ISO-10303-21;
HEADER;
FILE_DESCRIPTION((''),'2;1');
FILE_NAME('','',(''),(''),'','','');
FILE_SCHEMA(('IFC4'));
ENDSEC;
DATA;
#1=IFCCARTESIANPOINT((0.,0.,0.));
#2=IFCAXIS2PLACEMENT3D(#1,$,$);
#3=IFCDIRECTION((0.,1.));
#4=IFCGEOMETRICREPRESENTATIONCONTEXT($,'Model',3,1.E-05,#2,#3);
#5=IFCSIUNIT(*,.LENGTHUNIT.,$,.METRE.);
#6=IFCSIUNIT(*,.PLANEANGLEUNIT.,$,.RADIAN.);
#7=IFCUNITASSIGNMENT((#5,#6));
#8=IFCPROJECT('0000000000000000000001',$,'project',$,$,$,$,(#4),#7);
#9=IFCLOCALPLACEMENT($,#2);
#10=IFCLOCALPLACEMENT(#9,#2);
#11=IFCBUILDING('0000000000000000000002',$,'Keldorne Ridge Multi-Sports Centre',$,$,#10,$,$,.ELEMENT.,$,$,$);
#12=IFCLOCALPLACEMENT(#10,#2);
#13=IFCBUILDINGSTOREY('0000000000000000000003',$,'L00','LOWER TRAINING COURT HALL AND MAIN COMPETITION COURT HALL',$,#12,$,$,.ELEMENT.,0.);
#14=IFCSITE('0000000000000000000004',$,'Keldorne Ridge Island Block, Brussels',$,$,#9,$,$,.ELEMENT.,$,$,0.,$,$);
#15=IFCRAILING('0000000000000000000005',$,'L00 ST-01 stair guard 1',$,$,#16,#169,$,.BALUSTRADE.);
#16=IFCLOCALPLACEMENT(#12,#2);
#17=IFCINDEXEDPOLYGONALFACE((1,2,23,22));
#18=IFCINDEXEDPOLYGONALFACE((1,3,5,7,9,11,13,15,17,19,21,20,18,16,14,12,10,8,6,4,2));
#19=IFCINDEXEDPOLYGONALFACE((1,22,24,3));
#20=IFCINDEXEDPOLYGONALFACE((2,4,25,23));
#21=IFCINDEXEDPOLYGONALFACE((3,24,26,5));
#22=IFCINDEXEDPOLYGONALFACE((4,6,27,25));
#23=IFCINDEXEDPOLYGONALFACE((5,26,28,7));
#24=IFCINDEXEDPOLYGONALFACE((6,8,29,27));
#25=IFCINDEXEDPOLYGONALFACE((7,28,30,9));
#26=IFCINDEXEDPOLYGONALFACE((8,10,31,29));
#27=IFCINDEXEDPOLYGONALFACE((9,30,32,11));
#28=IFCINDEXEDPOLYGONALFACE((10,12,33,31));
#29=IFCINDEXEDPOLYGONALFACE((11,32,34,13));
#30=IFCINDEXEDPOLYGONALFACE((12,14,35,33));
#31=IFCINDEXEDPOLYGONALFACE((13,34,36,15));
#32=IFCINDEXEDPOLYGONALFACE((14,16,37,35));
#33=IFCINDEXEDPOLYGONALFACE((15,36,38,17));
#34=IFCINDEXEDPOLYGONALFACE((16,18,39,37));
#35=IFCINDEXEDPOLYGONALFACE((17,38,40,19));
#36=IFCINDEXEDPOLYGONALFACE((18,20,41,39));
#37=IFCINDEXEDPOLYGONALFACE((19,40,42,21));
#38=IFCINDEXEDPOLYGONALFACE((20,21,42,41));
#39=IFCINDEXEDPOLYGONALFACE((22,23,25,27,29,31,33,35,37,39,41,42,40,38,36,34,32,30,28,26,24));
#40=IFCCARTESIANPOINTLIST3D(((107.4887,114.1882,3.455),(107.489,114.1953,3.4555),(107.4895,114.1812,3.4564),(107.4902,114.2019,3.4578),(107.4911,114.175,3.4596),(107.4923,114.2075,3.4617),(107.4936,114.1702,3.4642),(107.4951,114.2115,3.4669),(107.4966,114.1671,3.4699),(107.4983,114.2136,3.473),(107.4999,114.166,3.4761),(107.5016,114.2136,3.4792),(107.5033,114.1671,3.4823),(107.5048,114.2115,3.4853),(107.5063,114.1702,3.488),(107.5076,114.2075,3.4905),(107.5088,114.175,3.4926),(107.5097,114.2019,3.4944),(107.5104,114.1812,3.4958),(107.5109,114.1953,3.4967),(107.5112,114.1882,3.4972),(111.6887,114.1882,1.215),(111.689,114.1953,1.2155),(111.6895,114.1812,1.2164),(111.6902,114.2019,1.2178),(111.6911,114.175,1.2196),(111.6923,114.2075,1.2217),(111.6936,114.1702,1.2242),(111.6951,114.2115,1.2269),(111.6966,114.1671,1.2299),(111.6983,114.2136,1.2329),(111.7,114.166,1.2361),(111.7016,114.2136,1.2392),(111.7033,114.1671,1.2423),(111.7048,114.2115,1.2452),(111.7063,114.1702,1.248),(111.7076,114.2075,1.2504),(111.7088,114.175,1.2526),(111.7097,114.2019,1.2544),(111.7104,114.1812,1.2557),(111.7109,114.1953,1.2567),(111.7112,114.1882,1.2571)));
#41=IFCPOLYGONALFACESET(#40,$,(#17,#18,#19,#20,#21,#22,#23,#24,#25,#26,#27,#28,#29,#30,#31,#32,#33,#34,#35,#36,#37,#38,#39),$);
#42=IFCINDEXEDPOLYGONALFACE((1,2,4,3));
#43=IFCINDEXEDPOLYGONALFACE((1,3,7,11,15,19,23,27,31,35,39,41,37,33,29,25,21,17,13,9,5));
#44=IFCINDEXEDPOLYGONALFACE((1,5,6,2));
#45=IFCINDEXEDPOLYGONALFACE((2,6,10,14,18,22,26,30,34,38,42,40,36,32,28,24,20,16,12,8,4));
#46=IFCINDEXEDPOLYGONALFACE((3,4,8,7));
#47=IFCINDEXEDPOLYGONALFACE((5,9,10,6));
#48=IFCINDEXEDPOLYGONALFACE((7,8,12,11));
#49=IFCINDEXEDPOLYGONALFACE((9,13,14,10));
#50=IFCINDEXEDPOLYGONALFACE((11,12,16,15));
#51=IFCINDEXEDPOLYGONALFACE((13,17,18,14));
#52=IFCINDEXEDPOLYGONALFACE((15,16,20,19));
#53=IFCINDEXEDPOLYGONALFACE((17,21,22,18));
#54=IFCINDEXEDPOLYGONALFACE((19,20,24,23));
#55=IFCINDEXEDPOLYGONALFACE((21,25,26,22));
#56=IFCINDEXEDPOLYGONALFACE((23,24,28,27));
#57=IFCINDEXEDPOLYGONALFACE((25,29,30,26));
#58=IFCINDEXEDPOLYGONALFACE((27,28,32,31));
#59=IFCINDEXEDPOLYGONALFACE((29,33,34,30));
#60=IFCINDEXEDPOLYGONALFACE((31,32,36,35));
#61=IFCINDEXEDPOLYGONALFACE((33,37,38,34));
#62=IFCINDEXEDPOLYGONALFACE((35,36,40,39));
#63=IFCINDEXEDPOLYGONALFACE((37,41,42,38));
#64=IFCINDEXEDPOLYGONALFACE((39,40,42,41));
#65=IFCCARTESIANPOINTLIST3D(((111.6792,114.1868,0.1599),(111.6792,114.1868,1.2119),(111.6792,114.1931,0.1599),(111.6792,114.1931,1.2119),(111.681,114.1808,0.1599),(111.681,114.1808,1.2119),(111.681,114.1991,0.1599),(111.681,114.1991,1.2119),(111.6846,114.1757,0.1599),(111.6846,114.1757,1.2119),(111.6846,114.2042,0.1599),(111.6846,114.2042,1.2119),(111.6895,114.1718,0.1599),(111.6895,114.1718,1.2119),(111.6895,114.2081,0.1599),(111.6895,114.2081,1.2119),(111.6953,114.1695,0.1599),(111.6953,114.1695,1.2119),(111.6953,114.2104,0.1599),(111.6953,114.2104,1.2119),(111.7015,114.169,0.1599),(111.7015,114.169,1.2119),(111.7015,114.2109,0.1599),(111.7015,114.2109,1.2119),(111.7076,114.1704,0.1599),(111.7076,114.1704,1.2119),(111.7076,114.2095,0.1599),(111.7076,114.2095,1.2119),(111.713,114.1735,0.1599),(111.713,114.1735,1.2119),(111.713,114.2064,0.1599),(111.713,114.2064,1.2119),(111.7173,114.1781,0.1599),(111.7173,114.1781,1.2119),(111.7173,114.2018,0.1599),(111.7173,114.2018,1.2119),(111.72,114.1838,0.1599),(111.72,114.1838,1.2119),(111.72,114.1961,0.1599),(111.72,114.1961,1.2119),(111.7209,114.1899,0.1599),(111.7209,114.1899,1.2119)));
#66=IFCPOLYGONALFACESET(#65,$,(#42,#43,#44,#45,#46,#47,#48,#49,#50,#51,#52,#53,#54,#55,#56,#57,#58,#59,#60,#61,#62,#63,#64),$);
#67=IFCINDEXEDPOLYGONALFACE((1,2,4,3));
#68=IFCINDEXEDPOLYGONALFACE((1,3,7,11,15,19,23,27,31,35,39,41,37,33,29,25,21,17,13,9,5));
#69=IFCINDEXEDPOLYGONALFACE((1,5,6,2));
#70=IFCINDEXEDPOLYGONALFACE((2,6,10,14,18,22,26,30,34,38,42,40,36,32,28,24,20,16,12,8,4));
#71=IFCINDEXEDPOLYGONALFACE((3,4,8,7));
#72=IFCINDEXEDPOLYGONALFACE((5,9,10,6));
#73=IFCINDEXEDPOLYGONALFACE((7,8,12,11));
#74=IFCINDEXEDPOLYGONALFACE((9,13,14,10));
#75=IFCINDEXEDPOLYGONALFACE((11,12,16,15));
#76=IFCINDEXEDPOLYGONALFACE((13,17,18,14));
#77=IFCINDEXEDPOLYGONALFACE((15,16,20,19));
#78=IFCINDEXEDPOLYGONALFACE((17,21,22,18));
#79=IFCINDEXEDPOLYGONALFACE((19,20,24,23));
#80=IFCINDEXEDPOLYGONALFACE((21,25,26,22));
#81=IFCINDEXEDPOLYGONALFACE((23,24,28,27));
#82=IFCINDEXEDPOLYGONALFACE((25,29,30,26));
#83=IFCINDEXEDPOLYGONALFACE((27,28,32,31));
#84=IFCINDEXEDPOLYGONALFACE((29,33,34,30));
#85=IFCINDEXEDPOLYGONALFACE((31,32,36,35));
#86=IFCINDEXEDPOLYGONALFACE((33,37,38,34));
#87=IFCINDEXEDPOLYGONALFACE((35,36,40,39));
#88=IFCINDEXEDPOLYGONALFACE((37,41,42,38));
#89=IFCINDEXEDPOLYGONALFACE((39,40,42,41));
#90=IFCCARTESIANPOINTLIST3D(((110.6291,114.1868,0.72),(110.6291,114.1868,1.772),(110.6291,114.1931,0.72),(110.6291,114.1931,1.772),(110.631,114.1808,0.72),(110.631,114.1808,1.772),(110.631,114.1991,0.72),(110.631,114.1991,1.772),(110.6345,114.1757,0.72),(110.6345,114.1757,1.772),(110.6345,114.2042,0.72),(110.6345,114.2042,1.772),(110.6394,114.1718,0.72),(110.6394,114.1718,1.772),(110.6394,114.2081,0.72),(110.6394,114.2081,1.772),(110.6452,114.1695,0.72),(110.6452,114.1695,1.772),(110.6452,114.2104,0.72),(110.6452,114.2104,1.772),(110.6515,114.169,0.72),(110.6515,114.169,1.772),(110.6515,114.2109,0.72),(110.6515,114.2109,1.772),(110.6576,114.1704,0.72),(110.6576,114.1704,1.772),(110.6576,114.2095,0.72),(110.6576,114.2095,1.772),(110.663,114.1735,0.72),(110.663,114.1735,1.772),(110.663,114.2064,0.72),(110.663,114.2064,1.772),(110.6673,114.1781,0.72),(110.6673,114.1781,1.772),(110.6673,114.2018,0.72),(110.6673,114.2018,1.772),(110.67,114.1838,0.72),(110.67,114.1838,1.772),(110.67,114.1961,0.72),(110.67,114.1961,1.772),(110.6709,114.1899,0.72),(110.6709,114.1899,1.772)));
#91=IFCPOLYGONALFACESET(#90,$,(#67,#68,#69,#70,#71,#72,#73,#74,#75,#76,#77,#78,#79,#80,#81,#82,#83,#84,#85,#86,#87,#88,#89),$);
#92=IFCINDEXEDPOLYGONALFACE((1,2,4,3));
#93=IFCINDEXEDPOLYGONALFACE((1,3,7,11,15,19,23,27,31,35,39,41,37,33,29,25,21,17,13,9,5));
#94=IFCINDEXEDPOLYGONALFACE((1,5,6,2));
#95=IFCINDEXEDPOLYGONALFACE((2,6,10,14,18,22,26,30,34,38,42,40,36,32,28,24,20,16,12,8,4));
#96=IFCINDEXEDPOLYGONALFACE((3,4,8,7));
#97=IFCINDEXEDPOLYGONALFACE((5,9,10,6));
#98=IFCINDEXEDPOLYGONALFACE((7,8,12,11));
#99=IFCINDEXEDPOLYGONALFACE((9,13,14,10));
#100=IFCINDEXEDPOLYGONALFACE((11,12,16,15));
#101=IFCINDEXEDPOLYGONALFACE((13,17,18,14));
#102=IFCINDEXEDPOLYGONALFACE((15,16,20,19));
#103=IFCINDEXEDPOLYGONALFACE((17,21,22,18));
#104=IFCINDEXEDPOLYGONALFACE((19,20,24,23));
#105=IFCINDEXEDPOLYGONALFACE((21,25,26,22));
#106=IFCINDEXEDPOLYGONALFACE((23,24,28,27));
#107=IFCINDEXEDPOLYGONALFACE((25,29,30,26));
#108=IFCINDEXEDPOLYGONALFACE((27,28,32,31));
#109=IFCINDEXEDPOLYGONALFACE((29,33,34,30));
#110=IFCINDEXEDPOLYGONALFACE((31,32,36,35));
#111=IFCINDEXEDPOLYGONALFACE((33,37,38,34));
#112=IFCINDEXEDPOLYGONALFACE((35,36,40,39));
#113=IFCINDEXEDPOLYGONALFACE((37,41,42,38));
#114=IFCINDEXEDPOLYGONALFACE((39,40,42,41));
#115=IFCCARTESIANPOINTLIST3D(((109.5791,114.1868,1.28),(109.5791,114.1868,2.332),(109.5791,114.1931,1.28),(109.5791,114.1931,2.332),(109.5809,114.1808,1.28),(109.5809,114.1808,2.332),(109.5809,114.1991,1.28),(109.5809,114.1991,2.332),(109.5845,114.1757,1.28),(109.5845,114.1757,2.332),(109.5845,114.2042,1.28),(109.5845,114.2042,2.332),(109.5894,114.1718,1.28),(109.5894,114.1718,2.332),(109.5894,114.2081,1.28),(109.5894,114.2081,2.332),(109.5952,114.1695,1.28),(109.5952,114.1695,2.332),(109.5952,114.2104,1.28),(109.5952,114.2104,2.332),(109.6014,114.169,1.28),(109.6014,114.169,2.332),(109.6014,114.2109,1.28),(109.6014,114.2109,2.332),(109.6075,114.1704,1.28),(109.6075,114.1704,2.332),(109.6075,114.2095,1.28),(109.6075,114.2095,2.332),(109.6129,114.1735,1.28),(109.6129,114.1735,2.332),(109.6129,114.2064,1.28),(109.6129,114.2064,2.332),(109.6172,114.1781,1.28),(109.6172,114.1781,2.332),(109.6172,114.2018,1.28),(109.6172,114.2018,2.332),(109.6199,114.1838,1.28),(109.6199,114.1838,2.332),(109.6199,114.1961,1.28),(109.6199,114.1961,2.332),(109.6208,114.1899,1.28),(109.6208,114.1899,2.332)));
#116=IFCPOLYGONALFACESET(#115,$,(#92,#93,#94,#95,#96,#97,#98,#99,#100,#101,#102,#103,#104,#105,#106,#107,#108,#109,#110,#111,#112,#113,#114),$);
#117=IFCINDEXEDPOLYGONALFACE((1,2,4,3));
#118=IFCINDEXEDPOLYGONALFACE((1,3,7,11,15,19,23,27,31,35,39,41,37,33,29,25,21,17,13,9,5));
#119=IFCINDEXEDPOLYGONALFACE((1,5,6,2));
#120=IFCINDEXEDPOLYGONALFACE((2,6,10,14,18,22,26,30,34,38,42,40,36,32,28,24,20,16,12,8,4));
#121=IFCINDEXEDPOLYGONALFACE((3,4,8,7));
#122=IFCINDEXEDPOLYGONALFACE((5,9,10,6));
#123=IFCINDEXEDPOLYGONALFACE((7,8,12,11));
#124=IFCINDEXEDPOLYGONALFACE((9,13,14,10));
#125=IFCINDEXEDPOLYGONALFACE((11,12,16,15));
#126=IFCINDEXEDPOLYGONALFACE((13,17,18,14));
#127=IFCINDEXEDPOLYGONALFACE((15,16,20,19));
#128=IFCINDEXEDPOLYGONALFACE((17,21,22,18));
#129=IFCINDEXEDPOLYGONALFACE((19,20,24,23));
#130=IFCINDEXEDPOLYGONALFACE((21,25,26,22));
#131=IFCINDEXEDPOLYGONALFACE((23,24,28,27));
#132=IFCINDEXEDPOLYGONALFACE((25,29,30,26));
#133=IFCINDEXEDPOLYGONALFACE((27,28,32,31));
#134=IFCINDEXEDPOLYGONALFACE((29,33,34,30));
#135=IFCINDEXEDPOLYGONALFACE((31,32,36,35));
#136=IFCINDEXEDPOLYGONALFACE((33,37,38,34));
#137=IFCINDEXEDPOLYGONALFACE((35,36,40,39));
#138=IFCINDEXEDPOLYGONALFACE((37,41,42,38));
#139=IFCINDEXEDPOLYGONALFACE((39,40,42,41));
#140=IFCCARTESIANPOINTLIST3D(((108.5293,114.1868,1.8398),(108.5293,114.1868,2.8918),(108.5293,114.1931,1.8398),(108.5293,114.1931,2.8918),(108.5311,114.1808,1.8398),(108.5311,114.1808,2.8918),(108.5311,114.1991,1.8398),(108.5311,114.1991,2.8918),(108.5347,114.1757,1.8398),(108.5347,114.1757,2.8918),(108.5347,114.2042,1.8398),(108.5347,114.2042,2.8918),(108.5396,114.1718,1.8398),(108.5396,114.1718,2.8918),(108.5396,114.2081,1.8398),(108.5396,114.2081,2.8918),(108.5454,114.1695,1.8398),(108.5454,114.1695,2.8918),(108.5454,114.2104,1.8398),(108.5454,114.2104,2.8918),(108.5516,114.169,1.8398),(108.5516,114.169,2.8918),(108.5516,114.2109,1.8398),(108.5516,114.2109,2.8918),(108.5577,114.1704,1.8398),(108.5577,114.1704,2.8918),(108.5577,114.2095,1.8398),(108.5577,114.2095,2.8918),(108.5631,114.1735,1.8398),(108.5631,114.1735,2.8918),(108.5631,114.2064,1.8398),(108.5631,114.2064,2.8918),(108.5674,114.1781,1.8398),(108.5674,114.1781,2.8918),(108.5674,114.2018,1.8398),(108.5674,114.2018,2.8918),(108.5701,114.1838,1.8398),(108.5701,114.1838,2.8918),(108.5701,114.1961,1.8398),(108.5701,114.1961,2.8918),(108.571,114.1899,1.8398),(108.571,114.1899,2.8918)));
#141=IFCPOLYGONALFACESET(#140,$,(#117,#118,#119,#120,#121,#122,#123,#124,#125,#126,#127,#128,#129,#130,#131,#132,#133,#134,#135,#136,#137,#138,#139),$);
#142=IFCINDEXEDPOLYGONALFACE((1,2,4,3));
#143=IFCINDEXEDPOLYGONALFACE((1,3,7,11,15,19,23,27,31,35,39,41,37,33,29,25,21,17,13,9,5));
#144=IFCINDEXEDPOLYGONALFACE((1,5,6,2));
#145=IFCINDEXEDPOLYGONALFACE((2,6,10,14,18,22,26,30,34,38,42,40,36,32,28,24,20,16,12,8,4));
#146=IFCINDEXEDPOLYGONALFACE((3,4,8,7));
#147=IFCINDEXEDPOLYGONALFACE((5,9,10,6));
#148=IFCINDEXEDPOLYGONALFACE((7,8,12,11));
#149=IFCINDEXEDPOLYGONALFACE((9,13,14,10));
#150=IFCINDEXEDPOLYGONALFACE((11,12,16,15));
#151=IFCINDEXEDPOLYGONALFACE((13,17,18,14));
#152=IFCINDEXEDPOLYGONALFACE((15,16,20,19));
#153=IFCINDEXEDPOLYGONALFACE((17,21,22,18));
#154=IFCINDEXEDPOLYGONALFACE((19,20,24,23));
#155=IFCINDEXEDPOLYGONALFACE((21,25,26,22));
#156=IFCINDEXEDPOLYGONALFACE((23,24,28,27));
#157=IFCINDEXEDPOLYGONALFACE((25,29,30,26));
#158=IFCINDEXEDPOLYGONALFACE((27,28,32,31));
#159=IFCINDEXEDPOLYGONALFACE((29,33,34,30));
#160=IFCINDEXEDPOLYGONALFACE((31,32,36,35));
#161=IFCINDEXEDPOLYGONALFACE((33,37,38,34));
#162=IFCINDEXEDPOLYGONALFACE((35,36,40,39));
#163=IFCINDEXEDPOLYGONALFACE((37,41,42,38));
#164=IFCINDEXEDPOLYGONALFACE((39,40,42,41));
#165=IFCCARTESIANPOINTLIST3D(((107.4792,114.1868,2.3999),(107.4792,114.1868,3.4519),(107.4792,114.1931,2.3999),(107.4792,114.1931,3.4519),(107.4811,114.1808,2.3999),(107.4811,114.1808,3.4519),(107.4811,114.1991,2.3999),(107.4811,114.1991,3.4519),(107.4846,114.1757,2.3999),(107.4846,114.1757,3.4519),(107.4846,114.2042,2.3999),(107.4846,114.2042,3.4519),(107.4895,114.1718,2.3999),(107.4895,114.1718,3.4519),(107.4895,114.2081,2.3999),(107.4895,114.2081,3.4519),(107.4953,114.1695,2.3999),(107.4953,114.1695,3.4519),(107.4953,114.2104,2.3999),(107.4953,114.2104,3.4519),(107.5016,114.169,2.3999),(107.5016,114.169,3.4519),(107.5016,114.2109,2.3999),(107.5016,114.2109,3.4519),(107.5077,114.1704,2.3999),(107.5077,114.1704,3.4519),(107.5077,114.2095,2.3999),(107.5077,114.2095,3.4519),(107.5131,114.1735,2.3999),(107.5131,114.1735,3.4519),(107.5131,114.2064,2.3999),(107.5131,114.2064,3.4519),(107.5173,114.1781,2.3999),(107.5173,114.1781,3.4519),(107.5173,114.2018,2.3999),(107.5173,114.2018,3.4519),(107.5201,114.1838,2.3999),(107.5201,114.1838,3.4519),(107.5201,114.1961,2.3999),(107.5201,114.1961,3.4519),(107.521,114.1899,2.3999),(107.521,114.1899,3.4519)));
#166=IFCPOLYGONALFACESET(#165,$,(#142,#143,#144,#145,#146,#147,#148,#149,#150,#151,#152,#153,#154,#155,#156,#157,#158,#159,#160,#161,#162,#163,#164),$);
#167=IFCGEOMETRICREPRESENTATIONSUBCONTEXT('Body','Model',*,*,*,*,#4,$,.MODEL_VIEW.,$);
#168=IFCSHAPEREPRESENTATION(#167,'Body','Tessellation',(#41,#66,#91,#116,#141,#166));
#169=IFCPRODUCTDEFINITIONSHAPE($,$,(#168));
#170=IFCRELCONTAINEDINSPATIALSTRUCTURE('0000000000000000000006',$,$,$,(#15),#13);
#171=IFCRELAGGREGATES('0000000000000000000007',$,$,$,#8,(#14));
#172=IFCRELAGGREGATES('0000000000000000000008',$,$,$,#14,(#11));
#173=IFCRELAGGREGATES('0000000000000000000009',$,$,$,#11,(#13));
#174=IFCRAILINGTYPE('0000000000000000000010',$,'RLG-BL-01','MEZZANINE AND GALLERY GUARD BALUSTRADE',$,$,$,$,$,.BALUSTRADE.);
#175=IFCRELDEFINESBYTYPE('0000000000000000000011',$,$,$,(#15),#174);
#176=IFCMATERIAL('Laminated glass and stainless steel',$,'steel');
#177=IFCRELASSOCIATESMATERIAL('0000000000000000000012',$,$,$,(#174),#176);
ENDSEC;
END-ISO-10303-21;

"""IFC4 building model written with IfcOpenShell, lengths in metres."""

from ifc_helpers import new_model, si_unit, direction, frame, origin, origin_2d, place, context, subcontext, project, spatial, circle, extrude, material, type_object, element, save


model = new_model("IFC4")

# Units and contexts
model_context = context("Model", 3, precision=1e-05, world=origin(), true_north=direction((0.0, 1.0)))
body_context = subcontext(model_context, "Body", "Model", "MODEL_VIEW")
ifc_project = project(units=[si_unit("LENGTHUNIT", "METRE"), si_unit("PLANEANGLEUNIT", "RADIAN")], contexts=[model_context])

# Site, building, storey
site_placement = place(None, origin())
site = spatial("IfcSite", under=ifc_project, at=site_placement, Name="Keldorne Ridge Island Block, Brussels", CompositionType="ELEMENT", RefElevation=0.0)
building_placement = place(site_placement, origin())
building = spatial("IfcBuilding", under=site, at=building_placement, Name="Keldorne Ridge Multi-Sports Centre", CompositionType="ELEMENT")
storey_placement = place(building_placement, origin())
storey = spatial("IfcBuildingStorey", under=building, at=storey_placement, Name="L00", Description="LOWER TRAINING COURT HALL AND MAIN COMPETITION COURT HALL", CompositionType="ELEMENT", Elevation=0.0)

# Railing
ifc_material_1 = material(Name="Laminated glass and stainless steel", Category="steel")
railing_type_1 = type_object("IfcRailingType", Name="RLG-BL-01", Description="MEZZANINE AND GALLERY GUARD BALUSTRADE", PredefinedType="BALUSTRADE", material=ifc_material_1)
railing_1_placement = place(storey_placement, frame((111.7, 114.1899, 0.1599)))
element("IfcRailing", 1, at=railing_1_placement, inside=storey, type_object=railing_type_1, Name="L00 ST-01 stair guard 1", PredefinedType="BALUSTRADE", context=body_context, shape_type="SweptSolid", body=[
    extrude(circle(Radius=0.0239, at=origin_2d()), frame((0.0, 0.0, 1.0762), z_axis=(-0.882352, 0.0, 0.470591), x_axis=(0.0, -1.0, 0.0)), (0.0, 0.0, 1.0), 4.76),
    extrude(circle(Radius=0.021, at=origin_2d()), origin(), (0.0, 0.0, 1.0), 1.052),
    extrude(circle(Radius=0.021, at=origin_2d()), frame((-1.05, 0.0, 0.5601)), (0.0, 0.0, 1.0), 1.052),
    extrude(circle(Radius=0.021, at=origin_2d()), frame((-2.1001, 0.0, 1.1201)), (0.0, 0.0, 1.0), 1.052),
    extrude(circle(Radius=0.021, at=origin_2d()), frame((-3.1499, 0.0, 1.6799)), (0.0, 0.0, 1.0), 1.052),
    extrude(circle(Radius=0.021, at=origin_2d()), frame((-4.2, 0.0, 2.24)), (0.0, 0.0, 1.0), 1.052),
])

save(model, "model.ifc")
